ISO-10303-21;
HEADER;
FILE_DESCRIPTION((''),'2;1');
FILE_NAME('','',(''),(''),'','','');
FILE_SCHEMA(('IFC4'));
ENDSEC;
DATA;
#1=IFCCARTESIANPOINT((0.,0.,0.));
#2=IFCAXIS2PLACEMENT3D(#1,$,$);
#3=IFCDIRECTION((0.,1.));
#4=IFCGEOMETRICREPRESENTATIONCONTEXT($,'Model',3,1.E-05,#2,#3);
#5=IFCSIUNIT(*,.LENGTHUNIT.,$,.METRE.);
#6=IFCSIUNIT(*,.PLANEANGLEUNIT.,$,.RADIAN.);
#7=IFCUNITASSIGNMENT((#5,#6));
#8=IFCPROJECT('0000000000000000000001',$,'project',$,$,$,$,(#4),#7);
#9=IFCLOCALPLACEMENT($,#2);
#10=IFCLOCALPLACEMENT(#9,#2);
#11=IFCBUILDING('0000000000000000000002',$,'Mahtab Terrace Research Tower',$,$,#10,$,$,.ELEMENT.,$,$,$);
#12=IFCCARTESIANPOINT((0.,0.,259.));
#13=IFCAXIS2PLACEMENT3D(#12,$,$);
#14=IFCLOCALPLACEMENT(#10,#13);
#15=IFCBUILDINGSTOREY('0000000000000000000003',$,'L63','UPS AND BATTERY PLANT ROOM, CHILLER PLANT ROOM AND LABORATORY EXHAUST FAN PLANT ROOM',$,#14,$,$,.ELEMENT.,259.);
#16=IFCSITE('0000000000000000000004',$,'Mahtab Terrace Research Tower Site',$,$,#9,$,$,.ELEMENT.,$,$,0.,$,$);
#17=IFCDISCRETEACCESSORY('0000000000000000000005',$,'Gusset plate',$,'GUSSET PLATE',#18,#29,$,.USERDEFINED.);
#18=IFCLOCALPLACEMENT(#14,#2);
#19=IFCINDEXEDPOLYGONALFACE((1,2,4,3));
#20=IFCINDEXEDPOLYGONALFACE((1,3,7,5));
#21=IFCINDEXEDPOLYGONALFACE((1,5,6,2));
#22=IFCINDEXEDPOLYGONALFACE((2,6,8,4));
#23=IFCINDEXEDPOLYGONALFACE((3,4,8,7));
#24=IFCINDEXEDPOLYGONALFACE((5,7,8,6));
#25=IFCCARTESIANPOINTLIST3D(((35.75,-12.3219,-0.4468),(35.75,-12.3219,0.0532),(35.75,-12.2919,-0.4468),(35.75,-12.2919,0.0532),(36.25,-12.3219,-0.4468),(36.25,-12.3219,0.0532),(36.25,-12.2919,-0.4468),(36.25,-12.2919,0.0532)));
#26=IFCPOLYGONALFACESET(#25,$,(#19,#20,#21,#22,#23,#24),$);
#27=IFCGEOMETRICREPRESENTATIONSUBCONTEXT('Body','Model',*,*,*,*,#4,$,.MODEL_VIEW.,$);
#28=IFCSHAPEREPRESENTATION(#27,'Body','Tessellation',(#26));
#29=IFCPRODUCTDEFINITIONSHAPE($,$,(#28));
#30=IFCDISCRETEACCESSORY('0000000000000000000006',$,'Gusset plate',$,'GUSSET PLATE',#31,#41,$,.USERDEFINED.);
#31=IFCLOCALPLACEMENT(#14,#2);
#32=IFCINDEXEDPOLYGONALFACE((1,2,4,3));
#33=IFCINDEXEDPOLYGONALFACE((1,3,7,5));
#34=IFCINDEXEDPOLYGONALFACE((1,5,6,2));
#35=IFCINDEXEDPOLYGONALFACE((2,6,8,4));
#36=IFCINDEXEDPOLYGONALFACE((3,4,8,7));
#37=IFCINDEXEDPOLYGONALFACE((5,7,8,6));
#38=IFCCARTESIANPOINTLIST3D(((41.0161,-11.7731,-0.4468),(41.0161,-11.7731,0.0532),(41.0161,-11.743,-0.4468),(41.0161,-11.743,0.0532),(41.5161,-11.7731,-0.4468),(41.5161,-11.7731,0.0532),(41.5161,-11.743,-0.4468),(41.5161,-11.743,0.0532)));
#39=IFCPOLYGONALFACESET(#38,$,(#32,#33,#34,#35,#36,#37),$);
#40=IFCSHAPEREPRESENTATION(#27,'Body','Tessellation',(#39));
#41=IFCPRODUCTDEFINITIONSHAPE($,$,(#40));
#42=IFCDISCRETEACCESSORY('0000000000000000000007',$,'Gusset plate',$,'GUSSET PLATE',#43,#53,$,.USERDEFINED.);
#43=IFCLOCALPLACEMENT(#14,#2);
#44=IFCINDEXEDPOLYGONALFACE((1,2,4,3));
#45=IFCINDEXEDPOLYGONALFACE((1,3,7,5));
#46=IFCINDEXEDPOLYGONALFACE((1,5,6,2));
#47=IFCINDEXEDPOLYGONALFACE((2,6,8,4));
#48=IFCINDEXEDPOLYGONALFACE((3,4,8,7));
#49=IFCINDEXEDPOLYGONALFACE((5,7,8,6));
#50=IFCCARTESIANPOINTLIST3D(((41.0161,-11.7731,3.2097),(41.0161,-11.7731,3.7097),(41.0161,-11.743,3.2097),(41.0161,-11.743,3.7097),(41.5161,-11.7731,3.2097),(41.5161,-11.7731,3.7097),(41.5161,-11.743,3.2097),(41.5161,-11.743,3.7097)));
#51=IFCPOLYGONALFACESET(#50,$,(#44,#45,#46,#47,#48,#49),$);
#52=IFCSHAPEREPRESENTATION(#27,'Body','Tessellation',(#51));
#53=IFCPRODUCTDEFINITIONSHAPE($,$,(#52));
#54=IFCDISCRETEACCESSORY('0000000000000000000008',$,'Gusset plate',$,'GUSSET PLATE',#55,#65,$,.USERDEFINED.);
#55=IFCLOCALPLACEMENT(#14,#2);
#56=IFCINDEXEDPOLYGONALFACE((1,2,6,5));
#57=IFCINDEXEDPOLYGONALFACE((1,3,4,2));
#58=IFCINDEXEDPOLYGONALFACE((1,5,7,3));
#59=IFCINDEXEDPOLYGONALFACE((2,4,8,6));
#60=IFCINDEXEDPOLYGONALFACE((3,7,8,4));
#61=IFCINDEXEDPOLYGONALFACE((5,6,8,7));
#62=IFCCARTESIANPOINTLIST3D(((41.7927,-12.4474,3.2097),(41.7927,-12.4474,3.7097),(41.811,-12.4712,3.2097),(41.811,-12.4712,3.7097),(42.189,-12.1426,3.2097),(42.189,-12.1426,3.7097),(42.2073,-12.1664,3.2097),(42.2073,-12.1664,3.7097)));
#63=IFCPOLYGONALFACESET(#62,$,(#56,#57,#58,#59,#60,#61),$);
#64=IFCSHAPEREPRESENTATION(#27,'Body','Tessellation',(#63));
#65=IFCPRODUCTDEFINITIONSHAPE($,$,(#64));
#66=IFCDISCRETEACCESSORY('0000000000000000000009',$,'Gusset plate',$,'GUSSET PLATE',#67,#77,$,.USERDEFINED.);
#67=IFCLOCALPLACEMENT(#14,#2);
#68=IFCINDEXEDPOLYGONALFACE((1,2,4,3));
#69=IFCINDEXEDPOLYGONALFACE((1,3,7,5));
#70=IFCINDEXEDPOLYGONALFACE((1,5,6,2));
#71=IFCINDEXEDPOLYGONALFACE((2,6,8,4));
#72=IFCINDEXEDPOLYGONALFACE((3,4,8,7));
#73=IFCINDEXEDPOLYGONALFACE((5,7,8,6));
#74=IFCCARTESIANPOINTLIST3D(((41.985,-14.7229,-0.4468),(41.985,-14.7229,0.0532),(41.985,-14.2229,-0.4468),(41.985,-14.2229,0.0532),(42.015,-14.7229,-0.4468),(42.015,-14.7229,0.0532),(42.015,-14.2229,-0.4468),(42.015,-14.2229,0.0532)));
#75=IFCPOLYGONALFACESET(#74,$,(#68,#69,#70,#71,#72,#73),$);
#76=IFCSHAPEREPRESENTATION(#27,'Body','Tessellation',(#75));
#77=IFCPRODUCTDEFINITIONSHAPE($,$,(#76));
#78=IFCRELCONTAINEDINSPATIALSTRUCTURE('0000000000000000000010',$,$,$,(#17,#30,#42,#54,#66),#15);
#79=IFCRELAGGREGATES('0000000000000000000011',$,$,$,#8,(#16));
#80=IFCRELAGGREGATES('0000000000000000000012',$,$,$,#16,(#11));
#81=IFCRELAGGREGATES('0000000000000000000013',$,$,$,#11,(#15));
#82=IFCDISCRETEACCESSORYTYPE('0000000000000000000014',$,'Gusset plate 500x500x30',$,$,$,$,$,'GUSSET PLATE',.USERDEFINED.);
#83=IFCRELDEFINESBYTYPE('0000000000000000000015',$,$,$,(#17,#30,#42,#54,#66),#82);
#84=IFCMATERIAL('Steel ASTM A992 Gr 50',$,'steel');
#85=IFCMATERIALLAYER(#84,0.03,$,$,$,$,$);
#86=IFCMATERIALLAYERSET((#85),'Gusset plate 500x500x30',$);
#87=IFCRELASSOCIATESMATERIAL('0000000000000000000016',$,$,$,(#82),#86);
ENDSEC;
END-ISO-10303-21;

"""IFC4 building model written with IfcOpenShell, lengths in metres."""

from ifc_helpers import new_model, si_unit, direction, frame, origin, origin_2d, place, context, subcontext, project, spatial, rectangle, extrude, material, layer, layer_set, type_object, element, save


model = new_model("IFC4")

# Units and contexts
model_context = context("Model", 3, precision=1e-05, world=origin(), true_north=direction((0.0, 1.0)))
body_context = subcontext(model_context, "Body", "Model", "MODEL_VIEW")
ifc_project = project(units=[si_unit("LENGTHUNIT", "METRE"), si_unit("PLANEANGLEUNIT", "RADIAN")], contexts=[model_context])

# Site, building, storey
site_placement = place(None, origin())
site = spatial("IfcSite", under=ifc_project, at=site_placement, Name="Mahtab Terrace Research Tower Site", CompositionType="ELEMENT", RefElevation=0.0)
building_placement = place(site_placement, origin())
building = spatial("IfcBuilding", under=site, at=building_placement, Name="Mahtab Terrace Research Tower", CompositionType="ELEMENT")
storey_placement = place(building_placement, frame((0.0, 0.0, 259.0)))
storey = spatial("IfcBuildingStorey", under=building, at=storey_placement, Name="L63", Description="UPS AND BATTERY PLANT ROOM, CHILLER PLANT ROOM AND LABORATORY EXHAUST FAN PLANT ROOM", CompositionType="ELEMENT", Elevation=259.0)

# Shared definitions
ifc_material_1 = material(Name="Steel ASTM A992 Gr 50", Category="steel")

# Discrete accessories
ifc_layer = layer(ifc_material_1, 0.03)
ifc_layer_set = layer_set([ifc_layer], Name="Gusset plate 500x500x30")
discrete_accessory_type_1 = type_object("IfcDiscreteAccessoryType", Name="Gusset plate 500x500x30", ElementType="GUSSET PLATE", PredefinedType="USERDEFINED", material=ifc_layer_set)
for number, where, z_axis, x_axis, name in (
    (1, (36.0, -12.3069, -0.4468), (0.0, 0.0, 1.0), (1.0, 0.0, 0.0), "Gusset plate"),
    (2, (41.2661, -11.7581, -0.4468), (0.0, 0.0, 1.0), (1.0, 0.0, 0.0), "Gusset plate"),
    (3, (41.2661, -11.7581, 3.2097), (0.0, 0.0, 1.0), (1.0, 0.0, 0.0), "Gusset plate"),
    (4, (42.0, -12.3069, 3.2097), (0.0, 0.0, 1.0), (0.792747, 0.60955, 0.0), "Gusset plate"),
    (5, (42.0, -14.4729, -0.4468), (0.0, 0.0, 1.0), (0.0, 1.0, 0.0), "Gusset plate"),
):
    element("IfcDiscreteAccessory", number, at=place(storey_placement, frame(where, z_axis=z_axis, x_axis=x_axis)), inside=storey, type_object=discrete_accessory_type_1, Name=name, ObjectType="GUSSET PLATE", PredefinedType="USERDEFINED", context=body_context, shape_type="SweptSolid", body=[
        extrude(rectangle(XDim=0.5, YDim=0.03, at=origin_2d()), origin(), (0.0, 0.0, 1.0), 0.5),
    ])

save(model, "model.ifc")
